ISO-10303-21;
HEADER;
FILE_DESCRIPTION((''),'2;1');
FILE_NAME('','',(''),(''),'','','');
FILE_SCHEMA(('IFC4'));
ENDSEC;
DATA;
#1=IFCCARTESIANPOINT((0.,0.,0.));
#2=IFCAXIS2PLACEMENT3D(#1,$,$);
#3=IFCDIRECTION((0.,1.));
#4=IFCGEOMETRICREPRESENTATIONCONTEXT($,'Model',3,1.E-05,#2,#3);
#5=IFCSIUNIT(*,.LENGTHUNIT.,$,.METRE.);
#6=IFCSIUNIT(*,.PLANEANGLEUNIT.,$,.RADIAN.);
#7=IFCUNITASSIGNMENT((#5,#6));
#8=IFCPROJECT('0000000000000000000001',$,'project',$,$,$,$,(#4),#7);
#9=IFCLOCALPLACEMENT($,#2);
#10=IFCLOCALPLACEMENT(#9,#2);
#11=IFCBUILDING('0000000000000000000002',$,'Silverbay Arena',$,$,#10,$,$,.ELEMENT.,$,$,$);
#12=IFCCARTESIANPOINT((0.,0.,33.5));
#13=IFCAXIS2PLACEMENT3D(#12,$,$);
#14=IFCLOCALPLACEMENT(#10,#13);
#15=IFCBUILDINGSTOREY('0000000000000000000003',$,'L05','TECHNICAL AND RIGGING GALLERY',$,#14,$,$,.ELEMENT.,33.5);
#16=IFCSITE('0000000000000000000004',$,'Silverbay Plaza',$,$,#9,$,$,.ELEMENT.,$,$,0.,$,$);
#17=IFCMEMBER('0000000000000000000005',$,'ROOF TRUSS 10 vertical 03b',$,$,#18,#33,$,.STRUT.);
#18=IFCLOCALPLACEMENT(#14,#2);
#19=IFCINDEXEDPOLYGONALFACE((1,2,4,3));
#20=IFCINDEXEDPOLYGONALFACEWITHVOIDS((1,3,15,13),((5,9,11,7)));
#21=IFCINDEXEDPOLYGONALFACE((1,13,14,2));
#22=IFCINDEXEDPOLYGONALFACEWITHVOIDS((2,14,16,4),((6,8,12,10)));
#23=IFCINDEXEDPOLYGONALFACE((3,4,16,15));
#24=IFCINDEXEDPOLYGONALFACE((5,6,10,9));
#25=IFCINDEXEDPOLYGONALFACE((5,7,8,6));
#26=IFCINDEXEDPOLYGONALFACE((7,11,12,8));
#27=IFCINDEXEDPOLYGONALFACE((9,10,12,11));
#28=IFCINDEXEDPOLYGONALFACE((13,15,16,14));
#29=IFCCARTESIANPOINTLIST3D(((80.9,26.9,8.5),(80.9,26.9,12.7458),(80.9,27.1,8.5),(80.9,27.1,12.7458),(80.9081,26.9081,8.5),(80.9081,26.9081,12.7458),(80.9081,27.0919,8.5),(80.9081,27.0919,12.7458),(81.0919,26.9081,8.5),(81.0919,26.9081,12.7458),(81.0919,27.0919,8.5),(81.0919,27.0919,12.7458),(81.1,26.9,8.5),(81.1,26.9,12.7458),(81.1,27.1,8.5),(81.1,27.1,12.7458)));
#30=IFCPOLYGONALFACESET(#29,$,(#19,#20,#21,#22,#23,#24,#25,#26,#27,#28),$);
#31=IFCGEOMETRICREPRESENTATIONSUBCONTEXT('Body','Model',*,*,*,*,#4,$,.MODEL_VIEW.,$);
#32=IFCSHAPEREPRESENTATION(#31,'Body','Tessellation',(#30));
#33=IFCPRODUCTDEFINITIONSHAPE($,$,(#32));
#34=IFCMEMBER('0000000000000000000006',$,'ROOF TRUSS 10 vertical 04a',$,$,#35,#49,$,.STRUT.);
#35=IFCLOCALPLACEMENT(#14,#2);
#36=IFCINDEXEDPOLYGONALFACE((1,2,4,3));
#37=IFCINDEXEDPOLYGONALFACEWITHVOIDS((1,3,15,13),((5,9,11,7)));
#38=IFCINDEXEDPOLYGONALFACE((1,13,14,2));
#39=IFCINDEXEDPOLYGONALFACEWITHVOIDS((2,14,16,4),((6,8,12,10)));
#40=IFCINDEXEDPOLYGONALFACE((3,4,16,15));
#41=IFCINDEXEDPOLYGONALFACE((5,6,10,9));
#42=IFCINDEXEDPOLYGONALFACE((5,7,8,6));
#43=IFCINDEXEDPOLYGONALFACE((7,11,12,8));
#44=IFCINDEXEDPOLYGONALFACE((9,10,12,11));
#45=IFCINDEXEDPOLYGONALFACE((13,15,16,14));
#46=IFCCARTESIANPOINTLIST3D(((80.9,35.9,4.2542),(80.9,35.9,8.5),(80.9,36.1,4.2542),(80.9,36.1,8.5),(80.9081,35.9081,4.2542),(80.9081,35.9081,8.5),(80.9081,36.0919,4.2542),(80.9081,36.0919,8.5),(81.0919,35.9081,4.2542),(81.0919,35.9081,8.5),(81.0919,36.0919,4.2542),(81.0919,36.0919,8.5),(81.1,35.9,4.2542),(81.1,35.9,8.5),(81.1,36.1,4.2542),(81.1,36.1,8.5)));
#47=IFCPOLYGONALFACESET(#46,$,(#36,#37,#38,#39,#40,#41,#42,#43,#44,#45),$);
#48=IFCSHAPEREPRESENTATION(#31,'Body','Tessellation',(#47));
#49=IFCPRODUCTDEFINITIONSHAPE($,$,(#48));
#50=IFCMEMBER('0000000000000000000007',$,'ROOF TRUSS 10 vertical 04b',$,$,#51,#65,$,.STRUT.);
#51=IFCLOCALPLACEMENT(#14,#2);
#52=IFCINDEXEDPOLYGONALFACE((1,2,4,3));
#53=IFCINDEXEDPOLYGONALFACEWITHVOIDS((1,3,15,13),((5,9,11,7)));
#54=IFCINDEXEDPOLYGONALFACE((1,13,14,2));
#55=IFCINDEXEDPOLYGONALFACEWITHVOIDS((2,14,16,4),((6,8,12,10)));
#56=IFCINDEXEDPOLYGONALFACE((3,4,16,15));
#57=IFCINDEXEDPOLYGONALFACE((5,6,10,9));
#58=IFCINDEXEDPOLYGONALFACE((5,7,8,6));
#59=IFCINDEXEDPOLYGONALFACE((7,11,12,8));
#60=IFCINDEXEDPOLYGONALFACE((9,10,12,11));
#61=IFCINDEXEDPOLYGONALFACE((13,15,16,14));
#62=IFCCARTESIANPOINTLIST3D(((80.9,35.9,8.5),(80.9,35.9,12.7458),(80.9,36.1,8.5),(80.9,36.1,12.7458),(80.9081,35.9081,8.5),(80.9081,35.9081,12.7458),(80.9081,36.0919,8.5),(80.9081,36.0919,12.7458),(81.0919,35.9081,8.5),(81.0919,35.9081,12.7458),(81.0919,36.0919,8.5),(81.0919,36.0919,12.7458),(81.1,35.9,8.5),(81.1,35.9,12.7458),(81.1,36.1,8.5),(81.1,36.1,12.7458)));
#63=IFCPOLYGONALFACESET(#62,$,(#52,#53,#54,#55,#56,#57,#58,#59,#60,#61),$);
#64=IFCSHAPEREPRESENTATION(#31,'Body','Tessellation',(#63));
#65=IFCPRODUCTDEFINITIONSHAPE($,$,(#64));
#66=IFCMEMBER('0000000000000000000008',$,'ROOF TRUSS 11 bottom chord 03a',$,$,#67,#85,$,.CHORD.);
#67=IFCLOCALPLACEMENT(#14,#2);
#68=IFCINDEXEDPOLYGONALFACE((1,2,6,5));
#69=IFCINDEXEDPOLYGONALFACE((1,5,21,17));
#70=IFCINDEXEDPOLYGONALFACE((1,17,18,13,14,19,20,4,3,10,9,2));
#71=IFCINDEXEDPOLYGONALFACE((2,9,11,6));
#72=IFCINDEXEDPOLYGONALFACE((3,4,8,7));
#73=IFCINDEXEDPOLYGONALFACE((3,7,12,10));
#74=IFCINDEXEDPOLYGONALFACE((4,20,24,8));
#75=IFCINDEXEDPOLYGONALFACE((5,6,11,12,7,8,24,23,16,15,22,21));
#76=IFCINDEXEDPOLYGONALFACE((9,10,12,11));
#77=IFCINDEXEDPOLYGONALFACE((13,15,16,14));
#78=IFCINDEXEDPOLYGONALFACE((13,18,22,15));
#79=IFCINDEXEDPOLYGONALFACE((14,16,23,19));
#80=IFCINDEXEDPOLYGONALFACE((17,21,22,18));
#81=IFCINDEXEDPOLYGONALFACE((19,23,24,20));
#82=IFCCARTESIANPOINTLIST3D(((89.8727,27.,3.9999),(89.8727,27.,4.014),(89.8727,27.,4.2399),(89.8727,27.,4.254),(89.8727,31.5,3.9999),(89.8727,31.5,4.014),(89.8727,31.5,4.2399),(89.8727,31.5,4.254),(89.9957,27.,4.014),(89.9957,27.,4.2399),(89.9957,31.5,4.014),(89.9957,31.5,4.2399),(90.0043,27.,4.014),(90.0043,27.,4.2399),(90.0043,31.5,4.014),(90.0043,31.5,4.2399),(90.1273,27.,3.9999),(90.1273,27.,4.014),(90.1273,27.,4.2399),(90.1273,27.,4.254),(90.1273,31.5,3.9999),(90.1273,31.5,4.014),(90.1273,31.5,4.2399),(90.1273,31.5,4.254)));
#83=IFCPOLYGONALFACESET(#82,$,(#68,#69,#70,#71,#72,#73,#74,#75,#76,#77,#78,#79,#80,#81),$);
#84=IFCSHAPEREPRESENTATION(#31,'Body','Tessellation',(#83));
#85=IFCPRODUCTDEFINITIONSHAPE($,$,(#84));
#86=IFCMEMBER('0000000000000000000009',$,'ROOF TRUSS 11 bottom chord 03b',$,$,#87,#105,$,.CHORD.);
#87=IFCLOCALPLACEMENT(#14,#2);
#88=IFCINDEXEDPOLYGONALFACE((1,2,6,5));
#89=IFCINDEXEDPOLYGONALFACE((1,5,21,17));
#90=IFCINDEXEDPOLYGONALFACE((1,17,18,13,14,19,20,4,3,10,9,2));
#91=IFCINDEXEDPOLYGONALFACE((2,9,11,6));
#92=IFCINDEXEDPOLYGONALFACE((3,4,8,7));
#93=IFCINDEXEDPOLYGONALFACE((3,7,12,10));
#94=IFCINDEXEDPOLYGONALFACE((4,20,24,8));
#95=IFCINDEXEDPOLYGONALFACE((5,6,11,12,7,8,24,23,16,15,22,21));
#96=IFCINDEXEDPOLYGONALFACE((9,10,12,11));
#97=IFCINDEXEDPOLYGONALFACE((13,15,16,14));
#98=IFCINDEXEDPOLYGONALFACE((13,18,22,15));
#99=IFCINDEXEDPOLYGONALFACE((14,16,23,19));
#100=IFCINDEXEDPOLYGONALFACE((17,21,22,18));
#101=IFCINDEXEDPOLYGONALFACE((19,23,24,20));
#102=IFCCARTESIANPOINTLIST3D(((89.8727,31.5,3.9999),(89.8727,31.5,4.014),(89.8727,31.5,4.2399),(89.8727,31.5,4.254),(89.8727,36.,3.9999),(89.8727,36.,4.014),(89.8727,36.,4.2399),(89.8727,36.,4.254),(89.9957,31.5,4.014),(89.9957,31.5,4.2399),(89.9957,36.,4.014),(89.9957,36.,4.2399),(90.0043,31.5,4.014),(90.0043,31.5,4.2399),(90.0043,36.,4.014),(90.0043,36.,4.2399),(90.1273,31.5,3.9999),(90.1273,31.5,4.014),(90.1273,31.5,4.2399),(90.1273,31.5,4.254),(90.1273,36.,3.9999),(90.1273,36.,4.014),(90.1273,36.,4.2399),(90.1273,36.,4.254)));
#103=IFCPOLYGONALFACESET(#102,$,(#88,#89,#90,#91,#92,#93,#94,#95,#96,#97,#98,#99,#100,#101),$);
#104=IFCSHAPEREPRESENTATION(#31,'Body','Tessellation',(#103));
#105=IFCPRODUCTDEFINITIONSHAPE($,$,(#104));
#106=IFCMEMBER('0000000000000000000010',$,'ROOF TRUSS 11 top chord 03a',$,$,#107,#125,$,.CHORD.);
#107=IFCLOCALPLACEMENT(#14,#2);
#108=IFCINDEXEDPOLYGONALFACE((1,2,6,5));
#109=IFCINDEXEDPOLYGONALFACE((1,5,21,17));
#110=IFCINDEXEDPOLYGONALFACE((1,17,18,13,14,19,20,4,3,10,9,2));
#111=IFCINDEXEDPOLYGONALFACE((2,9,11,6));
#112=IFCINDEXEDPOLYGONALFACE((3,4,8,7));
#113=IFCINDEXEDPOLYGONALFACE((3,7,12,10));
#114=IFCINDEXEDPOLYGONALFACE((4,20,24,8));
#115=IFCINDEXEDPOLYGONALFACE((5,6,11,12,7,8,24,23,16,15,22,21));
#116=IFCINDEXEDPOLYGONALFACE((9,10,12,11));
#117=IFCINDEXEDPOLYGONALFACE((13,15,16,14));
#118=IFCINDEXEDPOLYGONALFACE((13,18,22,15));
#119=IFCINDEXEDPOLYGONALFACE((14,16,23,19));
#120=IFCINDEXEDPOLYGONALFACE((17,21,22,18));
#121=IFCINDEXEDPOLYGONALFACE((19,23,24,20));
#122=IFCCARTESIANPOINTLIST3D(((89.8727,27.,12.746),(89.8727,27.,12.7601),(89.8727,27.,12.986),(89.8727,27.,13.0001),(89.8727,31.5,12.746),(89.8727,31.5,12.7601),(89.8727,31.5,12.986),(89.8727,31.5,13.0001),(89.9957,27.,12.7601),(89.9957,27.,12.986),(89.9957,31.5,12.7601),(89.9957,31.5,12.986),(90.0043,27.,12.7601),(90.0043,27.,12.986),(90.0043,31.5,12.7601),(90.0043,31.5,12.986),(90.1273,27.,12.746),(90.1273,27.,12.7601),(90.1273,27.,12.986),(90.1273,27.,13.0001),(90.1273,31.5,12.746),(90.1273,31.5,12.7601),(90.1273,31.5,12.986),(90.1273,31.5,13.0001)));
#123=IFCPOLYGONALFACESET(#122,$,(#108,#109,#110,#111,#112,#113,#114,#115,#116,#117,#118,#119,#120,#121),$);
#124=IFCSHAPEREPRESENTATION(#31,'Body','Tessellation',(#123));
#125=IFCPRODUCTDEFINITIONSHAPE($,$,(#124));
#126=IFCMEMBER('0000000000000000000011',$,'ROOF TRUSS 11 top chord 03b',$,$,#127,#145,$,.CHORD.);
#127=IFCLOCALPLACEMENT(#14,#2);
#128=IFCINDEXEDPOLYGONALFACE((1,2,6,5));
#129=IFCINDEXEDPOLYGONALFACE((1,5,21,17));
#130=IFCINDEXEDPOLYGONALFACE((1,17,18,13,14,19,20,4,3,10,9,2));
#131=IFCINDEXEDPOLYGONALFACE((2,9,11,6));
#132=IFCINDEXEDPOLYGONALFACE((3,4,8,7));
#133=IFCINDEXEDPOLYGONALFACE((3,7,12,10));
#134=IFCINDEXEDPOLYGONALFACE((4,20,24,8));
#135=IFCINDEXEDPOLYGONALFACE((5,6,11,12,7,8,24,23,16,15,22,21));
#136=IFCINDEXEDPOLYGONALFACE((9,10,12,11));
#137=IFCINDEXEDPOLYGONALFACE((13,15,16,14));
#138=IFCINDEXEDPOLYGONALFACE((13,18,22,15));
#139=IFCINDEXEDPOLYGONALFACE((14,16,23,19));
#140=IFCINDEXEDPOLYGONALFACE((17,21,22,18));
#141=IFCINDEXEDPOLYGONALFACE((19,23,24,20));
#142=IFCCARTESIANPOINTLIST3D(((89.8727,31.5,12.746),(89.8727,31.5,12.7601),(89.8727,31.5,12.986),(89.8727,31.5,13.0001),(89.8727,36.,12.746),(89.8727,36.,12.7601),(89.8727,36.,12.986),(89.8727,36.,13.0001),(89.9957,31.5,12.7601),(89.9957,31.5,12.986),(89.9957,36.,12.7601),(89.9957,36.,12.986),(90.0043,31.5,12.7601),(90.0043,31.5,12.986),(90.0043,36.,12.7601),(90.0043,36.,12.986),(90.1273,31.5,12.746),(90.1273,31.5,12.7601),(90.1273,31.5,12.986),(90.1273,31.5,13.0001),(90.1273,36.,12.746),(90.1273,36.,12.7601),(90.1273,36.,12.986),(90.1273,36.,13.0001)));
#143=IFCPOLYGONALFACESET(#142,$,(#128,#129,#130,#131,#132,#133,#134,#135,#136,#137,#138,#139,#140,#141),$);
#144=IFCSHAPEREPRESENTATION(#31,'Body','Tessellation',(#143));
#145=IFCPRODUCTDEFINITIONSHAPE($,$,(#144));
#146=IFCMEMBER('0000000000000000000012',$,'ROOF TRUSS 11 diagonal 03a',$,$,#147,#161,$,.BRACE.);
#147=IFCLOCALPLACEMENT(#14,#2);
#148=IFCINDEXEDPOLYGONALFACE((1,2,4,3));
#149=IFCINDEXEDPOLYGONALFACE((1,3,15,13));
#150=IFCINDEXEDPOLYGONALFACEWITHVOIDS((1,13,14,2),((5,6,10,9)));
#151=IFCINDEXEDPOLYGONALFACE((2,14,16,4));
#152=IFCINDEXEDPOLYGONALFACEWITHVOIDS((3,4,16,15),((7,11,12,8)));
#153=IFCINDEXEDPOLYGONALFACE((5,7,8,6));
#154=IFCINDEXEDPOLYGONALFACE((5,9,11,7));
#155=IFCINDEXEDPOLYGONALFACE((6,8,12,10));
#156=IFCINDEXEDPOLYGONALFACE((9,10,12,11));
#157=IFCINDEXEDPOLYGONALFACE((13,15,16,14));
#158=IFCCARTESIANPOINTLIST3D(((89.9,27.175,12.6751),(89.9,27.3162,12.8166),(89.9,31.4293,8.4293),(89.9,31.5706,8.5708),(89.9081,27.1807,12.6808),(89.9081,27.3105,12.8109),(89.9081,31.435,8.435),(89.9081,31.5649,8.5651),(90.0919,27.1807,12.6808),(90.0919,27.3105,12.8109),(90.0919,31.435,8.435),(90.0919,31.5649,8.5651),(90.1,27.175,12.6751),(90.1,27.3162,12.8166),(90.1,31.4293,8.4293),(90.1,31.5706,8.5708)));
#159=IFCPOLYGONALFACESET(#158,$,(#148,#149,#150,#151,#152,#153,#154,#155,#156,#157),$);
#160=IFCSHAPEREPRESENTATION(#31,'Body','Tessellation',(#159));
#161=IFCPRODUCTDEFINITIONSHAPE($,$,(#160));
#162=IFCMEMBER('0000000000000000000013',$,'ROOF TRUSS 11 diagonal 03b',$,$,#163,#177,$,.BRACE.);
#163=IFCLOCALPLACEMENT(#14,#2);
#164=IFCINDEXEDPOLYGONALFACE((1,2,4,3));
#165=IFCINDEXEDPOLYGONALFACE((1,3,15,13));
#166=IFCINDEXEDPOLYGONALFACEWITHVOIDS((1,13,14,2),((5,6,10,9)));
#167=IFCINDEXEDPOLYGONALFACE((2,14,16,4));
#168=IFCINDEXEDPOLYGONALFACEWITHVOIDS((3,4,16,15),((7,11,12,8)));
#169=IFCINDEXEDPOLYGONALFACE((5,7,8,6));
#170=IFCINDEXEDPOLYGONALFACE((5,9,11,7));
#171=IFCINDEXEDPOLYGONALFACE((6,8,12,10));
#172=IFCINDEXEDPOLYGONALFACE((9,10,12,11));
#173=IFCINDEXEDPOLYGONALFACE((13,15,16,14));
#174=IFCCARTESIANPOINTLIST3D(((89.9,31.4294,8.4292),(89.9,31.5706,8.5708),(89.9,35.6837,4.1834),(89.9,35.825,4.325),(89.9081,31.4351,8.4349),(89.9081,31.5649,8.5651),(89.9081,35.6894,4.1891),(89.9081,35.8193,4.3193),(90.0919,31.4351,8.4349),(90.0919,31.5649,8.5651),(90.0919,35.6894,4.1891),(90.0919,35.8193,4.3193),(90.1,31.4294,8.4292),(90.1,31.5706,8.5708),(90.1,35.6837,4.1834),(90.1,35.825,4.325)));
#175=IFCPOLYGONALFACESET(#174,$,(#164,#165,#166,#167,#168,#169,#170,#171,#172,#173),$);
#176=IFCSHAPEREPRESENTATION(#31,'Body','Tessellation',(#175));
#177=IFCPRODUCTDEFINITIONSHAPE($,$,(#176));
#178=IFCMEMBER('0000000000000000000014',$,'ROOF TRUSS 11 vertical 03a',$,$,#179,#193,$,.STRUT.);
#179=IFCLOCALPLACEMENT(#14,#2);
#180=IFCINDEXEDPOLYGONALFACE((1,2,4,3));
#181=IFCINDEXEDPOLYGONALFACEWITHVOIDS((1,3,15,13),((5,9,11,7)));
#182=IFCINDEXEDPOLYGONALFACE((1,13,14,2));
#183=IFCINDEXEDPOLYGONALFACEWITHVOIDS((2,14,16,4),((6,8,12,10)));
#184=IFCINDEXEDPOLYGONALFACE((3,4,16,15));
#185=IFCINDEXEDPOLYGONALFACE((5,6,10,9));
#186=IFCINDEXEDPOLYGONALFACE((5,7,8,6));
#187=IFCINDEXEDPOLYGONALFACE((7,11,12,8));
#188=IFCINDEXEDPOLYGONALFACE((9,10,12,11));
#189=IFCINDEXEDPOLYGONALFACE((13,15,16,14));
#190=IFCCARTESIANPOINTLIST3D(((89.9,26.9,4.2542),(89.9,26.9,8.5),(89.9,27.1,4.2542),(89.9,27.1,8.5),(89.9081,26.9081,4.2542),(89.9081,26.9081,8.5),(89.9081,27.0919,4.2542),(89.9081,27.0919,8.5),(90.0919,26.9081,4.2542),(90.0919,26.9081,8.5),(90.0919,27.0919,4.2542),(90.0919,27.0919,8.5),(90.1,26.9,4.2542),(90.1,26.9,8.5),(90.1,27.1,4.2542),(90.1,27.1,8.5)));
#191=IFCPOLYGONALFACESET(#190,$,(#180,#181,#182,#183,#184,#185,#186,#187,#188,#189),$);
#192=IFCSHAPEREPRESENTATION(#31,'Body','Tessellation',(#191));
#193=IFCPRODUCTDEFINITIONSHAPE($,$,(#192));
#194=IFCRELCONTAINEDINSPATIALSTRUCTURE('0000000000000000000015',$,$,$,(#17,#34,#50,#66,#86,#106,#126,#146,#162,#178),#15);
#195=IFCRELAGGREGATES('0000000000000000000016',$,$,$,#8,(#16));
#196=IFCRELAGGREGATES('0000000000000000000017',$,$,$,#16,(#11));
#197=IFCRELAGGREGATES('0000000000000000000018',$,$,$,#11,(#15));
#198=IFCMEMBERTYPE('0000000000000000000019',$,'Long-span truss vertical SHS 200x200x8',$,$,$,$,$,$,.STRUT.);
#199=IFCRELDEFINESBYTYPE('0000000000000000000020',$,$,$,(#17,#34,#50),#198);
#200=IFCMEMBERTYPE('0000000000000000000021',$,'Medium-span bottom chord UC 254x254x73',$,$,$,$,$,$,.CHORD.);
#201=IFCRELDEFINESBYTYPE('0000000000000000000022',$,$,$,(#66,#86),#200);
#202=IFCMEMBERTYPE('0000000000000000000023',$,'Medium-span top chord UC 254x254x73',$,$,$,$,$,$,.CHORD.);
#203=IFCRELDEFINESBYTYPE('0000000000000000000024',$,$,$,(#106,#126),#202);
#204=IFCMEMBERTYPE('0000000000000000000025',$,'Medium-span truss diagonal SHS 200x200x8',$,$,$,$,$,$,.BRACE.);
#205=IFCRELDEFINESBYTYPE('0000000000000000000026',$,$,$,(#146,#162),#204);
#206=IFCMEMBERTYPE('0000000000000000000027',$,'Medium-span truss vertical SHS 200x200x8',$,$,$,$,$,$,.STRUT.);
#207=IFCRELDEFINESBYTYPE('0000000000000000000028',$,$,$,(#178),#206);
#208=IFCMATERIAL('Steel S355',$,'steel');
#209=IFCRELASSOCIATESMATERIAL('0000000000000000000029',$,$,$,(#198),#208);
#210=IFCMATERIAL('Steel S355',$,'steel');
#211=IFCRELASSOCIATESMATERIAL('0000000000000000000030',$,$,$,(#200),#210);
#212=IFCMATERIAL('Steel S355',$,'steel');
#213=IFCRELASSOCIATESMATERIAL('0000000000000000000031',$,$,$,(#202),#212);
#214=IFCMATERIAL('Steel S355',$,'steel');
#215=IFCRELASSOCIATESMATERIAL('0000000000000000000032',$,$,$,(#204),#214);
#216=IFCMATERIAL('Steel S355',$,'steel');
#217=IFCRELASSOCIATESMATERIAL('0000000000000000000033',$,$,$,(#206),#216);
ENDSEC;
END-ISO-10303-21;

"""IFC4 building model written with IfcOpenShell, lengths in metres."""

from ifc_helpers import new_model, si_unit, direction, frame, origin, origin_2d, place, context, subcontext, project, spatial, hollow_rectangle, i_section, extrude, material, material_profile, profile_set, type_object, element, save


model = new_model("IFC4")

# Units and contexts
model_context = context("Model", 3, precision=1e-05, world=origin(), true_north=direction((0.0, 1.0)))
body_context = subcontext(model_context, "Body", "Model", "MODEL_VIEW")
ifc_project = project(units=[si_unit("LENGTHUNIT", "METRE"), si_unit("PLANEANGLEUNIT", "RADIAN")], contexts=[model_context])

# Site, building, storey
site_placement = place(None, origin())
site = spatial("IfcSite", under=ifc_project, at=site_placement, Name="Silverbay Plaza", CompositionType="ELEMENT", RefElevation=0.0)
building_placement = place(site_placement, origin())
building = spatial("IfcBuilding", under=site, at=building_placement, Name="Silverbay Arena", CompositionType="ELEMENT")
storey_placement = place(building_placement, frame((0.0, 0.0, 33.5)))
storey = spatial("IfcBuildingStorey", under=building, at=storey_placement, Name="L05", Description="TECHNICAL AND RIGGING GALLERY", CompositionType="ELEMENT", Elevation=33.5)

# Members
ifc_material_1 = material(Name="Steel S355", Category="steel")
ifc_material_profile_1 = material_profile(ifc_material_1, hollow_rectangle(XDim=0.2, YDim=0.2, WallThickness=0.0081, at=origin_2d()), Name="SHS 200x200x8")
ifc_profile_set_1 = profile_set([ifc_material_profile_1], Name="Steel S355")
member_type_1 = type_object("IfcMemberType", Name="Long-span truss vertical SHS 200x200x8", PredefinedType="STRUT", material=ifc_profile_set_1)
for number, where, z_axis, x_axis, name in (
    (1, (81.0, 27.0, 8.5), (0.0, 0.0, 1.0), (1.0, 0.0, 0.0), "ROOF TRUSS 10 vertical 03b"),
    (2, (81.0, 36.0, 4.2542), (0.0, 0.0, 1.0), (1.0, 0.0, 0.0), "ROOF TRUSS 10 vertical 04a"),
    (3, (81.0, 36.0, 8.5), (0.0, 0.0, 1.0), (1.0, 0.0, 0.0), "ROOF TRUSS 10 vertical 04b"),
):
    element("IfcMember", number, at=place(storey_placement, frame(where, z_axis=z_axis, x_axis=x_axis)), inside=storey, type_object=member_type_1, Name=name, PredefinedType="STRUT", context=body_context, shape_type="SweptSolid", body=[
        extrude(hollow_rectangle(XDim=0.2, YDim=0.2, WallThickness=0.0081, at=origin_2d()), origin(), (0.0, 0.0, 1.0), 4.2458),
    ])
ifc_material_2 = material(Name="Steel S355", Category="steel")
ifc_material_profile_2 = material_profile(ifc_material_2, i_section(OverallWidth=0.2546, OverallDepth=0.2542, WebThickness=0.0085, FlangeThickness=0.0142, at=origin_2d()), Name="UC 254x254x73")
ifc_profile_set_2 = profile_set([ifc_material_profile_2], Name="Steel S355")
member_type_2 = type_object("IfcMemberType", Name="Medium-span bottom chord UC 254x254x73", PredefinedType="CHORD", material=ifc_profile_set_2)
for number, where, z_axis, x_axis, name in (
    (4, (90.0, 27.0, 4.127), (0.0, 1.0, 0.0), (-1.0, 0.0, 0.0), "ROOF TRUSS 11 bottom chord 03a"),
    (5, (90.0, 31.5, 4.127), (0.0, 1.0, 0.0), (-1.0, 0.0, 0.0), "ROOF TRUSS 11 bottom chord 03b"),
):
    element("IfcMember", number, at=place(storey_placement, frame(where, z_axis=z_axis, x_axis=x_axis)), inside=storey, type_object=member_type_2, Name=name, PredefinedType="CHORD", context=body_context, shape_type="SweptSolid", body=[
        extrude(i_section(OverallWidth=0.2546, OverallDepth=0.2542, WebThickness=0.0085, FlangeThickness=0.0142, at=origin_2d()), origin(), (0.0, 0.0, 1.0), 4.5),
    ])
ifc_material_3 = material(Name="Steel S355", Category="steel")
ifc_material_profile_3 = material_profile(ifc_material_3, i_section(OverallWidth=0.2546, OverallDepth=0.2542, WebThickness=0.0085, FlangeThickness=0.0142, at=origin_2d()), Name="UC 254x254x73")
ifc_profile_set_3 = profile_set([ifc_material_profile_3], Name="Steel S355")
member_type_3 = type_object("IfcMemberType", Name="Medium-span top chord UC 254x254x73", PredefinedType="CHORD", material=ifc_profile_set_3)
for number, where, z_axis, x_axis, name in (
    (6, (90.0, 27.0, 12.873), (0.0, 1.0, 0.0), (-1.0, 0.0, 0.0), "ROOF TRUSS 11 top chord 03a"),
    (7, (90.0, 31.5, 12.873), (0.0, 1.0, 0.0), (-1.0, 0.0, 0.0), "ROOF TRUSS 11 top chord 03b"),
):
    element("IfcMember", number, at=place(storey_placement, frame(where, z_axis=z_axis, x_axis=x_axis)), inside=storey, type_object=member_type_3, Name=name, PredefinedType="CHORD", context=body_context, shape_type="SweptSolid", body=[
        extrude(i_section(OverallWidth=0.2546, OverallDepth=0.2542, WebThickness=0.0085, FlangeThickness=0.0142, at=origin_2d()), origin(), (0.0, 0.0, 1.0), 4.5),
    ])
ifc_material_4 = material(Name="Steel S355", Category="steel")
ifc_material_profile_4 = material_profile(ifc_material_4, hollow_rectangle(XDim=0.2, YDim=0.2, WallThickness=0.0081, at=origin_2d()), Name="SHS 200x200x8")
ifc_profile_set_4 = profile_set([ifc_material_profile_4], Name="Steel S355")
member_type_4 = type_object("IfcMemberType", Name="Medium-span truss diagonal SHS 200x200x8", PredefinedType="BRACE", material=ifc_profile_set_4)
for number, where, z_axis, x_axis, name in (
    (8, (90.0, 27.2456, 12.7458), (0.0, 0.707817, -0.706396), (-1.0, 0.0, 0.0), "ROOF TRUSS 11 diagonal 03a"),
    (9, (90.0, 31.5, 8.5), (0.0, 0.707817, -0.706396), (-1.0, 0.0, 0.0), "ROOF TRUSS 11 diagonal 03b"),
):
    element("IfcMember", number, at=place(storey_placement, frame(where, z_axis=z_axis, x_axis=x_axis)), inside=storey, type_object=member_type_4, Name=name, PredefinedType="BRACE", context=body_context, shape_type="SweptSolid", body=[
        extrude(hollow_rectangle(XDim=0.2, YDim=0.2, WallThickness=0.0081, at=origin_2d()), origin(), (0.0, 0.0, 1.0), 6.0105),
    ])
ifc_material_5 = material(Name="Steel S355", Category="steel")
ifc_material_profile_5 = material_profile(ifc_material_5, hollow_rectangle(XDim=0.2, YDim=0.2, WallThickness=0.0081, at=origin_2d()), Name="SHS 200x200x8")
ifc_profile_set_5 = profile_set([ifc_material_profile_5], Name="Steel S355")
member_type_5 = type_object("IfcMemberType", Name="Medium-span truss vertical SHS 200x200x8", PredefinedType="STRUT", material=ifc_profile_set_5)
for number, where, z_axis, x_axis, name in (
    (10, (90.0, 27.0, 4.2542), (0.0, 0.0, 1.0), (1.0, 0.0, 0.0), "ROOF TRUSS 11 vertical 03a"),
):
    element("IfcMember", number, at=place(storey_placement, frame(where, z_axis=z_axis, x_axis=x_axis)), inside=storey, type_object=member_type_5, Name=name, PredefinedType="STRUT", context=body_context, shape_type="SweptSolid", body=[
        extrude(hollow_rectangle(XDim=0.2, YDim=0.2, WallThickness=0.0081, at=origin_2d()), origin(), (0.0, 0.0, 1.0), 4.2458),
    ])

save(model, "model.ifc")
